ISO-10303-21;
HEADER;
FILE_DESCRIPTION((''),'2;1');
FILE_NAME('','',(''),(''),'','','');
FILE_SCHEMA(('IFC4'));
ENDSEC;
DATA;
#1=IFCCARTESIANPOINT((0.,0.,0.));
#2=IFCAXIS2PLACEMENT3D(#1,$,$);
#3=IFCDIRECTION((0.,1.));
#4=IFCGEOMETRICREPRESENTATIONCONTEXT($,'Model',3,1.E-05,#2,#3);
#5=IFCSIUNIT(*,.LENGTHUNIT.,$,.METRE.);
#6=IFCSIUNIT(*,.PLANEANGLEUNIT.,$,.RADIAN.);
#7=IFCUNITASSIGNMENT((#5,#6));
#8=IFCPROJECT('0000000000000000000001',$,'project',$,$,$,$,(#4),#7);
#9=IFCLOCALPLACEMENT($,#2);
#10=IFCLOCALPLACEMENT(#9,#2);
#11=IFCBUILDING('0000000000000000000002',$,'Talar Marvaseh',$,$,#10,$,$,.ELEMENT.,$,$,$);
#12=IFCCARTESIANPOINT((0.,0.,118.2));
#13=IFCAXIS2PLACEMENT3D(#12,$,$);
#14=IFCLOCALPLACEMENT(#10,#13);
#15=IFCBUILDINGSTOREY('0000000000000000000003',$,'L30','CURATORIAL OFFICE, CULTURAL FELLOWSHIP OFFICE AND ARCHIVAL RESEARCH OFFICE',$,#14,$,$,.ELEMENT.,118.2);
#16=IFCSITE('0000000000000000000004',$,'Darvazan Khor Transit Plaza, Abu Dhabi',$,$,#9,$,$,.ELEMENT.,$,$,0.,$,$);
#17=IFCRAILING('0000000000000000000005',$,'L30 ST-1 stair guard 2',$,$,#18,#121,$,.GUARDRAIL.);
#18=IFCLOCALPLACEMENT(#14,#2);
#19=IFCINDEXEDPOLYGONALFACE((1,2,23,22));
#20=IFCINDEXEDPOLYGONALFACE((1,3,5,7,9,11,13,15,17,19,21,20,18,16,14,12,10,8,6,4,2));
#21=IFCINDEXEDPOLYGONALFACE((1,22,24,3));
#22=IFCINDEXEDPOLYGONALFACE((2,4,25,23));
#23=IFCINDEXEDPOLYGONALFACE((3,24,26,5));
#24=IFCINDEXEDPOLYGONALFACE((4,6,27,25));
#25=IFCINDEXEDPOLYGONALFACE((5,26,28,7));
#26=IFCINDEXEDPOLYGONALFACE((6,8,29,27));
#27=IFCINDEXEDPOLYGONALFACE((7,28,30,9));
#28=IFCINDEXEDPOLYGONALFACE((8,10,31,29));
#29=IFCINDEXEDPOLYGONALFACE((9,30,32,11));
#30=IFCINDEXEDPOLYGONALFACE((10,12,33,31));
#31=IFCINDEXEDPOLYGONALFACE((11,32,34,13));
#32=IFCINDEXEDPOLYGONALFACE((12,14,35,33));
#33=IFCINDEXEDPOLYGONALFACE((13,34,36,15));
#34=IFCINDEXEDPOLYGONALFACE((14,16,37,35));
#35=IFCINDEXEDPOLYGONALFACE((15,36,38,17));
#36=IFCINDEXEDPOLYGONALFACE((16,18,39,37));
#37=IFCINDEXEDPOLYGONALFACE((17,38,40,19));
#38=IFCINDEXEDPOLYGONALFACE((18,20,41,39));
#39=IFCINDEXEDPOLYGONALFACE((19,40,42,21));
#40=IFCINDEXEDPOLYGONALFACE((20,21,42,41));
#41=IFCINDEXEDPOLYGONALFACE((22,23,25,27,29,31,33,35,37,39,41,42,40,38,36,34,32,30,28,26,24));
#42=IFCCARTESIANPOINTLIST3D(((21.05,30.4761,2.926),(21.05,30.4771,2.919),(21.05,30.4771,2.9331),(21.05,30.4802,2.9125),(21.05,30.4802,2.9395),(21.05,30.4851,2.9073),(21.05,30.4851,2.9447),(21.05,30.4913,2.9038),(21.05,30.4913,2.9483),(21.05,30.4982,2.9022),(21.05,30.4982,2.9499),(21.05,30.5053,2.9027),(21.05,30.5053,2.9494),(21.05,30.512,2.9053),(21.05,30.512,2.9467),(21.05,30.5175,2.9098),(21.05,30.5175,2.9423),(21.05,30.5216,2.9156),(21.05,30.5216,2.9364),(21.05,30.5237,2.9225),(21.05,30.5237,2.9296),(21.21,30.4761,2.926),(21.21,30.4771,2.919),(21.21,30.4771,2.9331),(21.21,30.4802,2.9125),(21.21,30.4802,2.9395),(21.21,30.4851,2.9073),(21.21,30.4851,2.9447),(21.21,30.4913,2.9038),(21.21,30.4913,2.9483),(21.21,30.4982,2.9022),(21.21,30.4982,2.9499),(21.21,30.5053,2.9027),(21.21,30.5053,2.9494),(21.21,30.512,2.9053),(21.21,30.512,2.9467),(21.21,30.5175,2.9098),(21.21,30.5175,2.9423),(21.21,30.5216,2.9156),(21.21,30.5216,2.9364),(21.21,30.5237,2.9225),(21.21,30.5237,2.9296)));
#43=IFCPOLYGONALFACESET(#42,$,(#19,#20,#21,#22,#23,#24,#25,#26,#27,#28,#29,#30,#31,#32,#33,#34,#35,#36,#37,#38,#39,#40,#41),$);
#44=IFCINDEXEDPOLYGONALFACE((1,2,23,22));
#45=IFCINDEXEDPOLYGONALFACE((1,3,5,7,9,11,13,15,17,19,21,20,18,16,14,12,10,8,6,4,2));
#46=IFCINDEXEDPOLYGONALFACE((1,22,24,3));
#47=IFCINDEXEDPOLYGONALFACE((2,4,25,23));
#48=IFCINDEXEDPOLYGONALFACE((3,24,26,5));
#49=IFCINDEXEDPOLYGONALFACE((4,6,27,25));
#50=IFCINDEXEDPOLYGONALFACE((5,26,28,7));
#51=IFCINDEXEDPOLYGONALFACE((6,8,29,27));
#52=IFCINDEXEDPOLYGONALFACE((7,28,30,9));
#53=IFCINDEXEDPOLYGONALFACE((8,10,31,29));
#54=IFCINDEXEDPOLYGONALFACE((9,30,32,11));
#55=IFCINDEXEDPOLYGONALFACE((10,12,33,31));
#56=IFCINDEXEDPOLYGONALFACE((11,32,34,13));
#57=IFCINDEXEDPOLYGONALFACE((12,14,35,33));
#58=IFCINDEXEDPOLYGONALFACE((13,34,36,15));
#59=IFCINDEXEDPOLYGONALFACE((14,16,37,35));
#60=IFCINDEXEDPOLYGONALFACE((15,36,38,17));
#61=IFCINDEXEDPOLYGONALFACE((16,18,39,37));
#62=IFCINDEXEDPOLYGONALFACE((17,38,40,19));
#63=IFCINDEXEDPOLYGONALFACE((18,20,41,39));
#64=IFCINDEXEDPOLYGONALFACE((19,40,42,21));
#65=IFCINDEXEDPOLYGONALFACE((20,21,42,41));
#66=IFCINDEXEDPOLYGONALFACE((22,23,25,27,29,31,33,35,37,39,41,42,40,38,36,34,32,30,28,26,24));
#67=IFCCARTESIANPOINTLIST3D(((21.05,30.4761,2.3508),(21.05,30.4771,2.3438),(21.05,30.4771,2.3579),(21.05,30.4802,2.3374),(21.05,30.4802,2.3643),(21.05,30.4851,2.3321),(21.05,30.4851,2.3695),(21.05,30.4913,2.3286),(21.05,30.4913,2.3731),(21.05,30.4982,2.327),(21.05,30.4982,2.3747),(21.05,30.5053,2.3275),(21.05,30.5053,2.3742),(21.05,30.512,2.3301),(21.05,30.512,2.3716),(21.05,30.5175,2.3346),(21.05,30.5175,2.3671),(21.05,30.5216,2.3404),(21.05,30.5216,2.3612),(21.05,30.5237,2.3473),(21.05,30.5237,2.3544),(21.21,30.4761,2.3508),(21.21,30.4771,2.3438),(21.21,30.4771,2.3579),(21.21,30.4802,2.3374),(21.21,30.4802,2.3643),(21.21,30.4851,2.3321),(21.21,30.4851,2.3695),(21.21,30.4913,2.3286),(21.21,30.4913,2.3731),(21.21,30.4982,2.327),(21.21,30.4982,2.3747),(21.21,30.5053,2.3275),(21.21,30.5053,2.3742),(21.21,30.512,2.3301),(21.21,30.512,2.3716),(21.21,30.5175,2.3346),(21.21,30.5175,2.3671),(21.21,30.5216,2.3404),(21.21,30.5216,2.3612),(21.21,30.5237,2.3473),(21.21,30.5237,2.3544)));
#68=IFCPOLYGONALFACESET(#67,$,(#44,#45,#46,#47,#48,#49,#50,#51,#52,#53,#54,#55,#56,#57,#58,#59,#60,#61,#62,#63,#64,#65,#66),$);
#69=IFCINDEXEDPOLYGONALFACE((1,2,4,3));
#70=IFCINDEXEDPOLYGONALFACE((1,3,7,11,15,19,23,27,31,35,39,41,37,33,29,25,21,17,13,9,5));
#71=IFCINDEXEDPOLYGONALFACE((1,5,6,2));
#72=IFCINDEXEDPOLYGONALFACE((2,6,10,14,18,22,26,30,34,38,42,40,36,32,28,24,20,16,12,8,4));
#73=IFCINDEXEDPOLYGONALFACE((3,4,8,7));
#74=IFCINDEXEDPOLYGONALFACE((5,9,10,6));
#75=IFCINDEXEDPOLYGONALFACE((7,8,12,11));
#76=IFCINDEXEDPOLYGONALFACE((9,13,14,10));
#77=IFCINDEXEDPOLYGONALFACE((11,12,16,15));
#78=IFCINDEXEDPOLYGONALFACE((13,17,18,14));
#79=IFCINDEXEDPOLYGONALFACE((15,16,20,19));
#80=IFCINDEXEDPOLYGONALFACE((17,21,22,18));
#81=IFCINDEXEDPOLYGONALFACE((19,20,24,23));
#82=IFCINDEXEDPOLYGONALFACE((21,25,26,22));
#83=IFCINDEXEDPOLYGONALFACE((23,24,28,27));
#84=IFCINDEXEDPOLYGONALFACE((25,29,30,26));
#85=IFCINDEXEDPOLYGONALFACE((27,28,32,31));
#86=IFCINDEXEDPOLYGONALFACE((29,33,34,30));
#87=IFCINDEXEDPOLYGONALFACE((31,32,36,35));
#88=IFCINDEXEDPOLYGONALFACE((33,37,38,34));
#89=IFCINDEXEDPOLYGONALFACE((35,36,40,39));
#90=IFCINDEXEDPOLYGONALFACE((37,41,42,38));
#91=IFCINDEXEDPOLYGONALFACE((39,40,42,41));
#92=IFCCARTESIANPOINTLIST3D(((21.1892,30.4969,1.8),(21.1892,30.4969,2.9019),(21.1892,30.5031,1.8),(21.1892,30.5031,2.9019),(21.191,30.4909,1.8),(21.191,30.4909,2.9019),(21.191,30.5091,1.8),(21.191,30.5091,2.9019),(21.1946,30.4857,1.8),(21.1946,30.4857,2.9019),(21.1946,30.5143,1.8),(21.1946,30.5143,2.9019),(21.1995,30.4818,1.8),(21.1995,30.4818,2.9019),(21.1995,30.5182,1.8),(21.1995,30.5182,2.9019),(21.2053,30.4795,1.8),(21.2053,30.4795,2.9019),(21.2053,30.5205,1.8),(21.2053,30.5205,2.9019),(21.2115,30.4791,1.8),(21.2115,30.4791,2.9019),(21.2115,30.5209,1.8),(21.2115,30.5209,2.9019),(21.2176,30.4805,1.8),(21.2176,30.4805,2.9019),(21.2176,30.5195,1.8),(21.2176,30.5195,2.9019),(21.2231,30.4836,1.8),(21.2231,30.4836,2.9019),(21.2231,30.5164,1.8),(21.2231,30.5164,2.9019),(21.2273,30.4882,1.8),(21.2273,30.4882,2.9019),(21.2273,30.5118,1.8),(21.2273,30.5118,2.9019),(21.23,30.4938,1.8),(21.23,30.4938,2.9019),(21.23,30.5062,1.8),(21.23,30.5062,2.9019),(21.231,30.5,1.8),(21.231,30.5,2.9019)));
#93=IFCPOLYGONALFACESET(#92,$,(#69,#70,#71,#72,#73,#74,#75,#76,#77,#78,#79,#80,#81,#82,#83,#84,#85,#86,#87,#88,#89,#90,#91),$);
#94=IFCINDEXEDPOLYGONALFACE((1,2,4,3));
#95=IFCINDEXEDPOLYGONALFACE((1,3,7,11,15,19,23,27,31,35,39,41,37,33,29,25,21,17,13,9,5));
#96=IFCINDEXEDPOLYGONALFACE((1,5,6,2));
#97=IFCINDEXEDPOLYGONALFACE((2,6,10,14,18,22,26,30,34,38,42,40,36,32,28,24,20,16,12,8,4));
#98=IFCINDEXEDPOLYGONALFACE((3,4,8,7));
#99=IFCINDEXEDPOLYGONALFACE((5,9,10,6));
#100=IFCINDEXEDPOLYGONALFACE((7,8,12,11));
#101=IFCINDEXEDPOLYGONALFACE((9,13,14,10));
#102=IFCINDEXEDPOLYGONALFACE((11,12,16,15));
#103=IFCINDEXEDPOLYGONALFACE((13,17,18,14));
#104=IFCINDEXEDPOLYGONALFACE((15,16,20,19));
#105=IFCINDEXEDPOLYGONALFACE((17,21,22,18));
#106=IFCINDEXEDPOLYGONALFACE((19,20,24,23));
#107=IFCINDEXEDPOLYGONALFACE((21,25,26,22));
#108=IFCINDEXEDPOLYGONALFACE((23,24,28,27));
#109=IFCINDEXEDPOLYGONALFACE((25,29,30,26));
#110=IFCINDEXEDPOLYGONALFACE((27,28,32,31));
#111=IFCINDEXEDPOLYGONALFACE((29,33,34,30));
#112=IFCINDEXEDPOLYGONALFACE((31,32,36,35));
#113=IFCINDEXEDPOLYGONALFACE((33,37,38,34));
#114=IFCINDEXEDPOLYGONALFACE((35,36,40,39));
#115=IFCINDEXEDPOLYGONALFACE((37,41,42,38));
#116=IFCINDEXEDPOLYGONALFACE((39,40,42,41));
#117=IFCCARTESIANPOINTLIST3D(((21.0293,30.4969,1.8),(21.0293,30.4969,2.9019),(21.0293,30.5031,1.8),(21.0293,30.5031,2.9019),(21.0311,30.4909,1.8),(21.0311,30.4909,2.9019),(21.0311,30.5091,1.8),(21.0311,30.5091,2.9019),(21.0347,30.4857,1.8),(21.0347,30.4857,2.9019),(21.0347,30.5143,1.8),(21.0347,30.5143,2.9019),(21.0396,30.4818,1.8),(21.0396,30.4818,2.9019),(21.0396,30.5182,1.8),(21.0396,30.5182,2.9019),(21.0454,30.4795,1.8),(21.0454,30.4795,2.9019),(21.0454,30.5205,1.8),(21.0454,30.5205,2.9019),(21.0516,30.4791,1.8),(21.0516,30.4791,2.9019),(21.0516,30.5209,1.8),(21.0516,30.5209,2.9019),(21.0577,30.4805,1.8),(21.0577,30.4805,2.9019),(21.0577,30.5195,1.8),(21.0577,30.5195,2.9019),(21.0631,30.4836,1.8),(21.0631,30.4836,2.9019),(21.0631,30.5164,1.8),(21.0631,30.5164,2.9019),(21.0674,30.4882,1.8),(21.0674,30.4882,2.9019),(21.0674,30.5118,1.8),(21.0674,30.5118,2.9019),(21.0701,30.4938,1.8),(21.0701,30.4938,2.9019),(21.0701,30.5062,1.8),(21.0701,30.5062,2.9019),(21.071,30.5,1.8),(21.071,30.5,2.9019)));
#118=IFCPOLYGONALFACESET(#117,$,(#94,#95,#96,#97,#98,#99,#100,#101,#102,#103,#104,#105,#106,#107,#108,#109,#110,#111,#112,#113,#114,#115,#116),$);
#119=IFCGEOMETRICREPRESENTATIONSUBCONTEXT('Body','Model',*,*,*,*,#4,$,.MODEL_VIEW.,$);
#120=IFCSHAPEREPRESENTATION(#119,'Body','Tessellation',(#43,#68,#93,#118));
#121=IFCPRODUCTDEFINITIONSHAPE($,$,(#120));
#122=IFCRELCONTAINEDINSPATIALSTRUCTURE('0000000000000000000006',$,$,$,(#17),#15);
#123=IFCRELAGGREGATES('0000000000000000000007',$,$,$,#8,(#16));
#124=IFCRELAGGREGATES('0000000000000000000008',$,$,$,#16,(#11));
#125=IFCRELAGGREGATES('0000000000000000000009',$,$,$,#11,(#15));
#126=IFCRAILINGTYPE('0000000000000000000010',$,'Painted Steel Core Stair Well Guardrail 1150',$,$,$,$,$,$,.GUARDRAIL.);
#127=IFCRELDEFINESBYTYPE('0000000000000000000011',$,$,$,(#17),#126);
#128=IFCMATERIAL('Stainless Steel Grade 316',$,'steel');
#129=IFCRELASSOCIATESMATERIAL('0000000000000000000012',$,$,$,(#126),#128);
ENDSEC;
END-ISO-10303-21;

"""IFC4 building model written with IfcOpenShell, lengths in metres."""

from ifc_helpers import new_model, si_unit, direction, frame, origin, origin_2d, place, context, subcontext, project, spatial, circle, extrude, material, type_object, element, save


model = new_model("IFC4")

# Units and contexts
model_context = context("Model", 3, precision=1e-05, world=origin(), true_north=direction((0.0, 1.0)))
body_context = subcontext(model_context, "Body", "Model", "MODEL_VIEW")
ifc_project = project(units=[si_unit("LENGTHUNIT", "METRE"), si_unit("PLANEANGLEUNIT", "RADIAN")], contexts=[model_context])

# Site, building, storey
site_placement = place(None, origin())
site = spatial("IfcSite", under=ifc_project, at=site_placement, Name="Darvazan Khor Transit Plaza, Abu Dhabi", CompositionType="ELEMENT", RefElevation=0.0)
building_placement = place(site_placement, origin())
building = spatial("IfcBuilding", under=site, at=building_placement, Name="Talar Marvaseh", CompositionType="ELEMENT")
storey_placement = place(building_placement, frame((0.0, 0.0, 118.2)))
storey = spatial("IfcBuildingStorey", under=building, at=storey_placement, Name="L30", Description="CURATORIAL OFFICE, CULTURAL FELLOWSHIP OFFICE AND ARCHIVAL RESEARCH OFFICE", CompositionType="ELEMENT", Elevation=118.2)

# Railing
ifc_material_1 = material(Name="Stainless Steel Grade 316", Category="steel")
railing_type_1 = type_object("IfcRailingType", Name="Painted Steel Core Stair Well Guardrail 1150", PredefinedType="GUARDRAIL", material=ifc_material_1)
railing_1_placement = place(storey_placement, frame((21.21, 30.5, 1.8)))
element("IfcRailing", 1, at=railing_1_placement, inside=storey, type_object=railing_type_1, Name="L30 ST-1 stair guard 2", PredefinedType="GUARDRAIL", context=body_context, shape_type="SweptSolid", body=[
    extrude(circle(Radius=0.0239, at=origin_2d()), frame((0.0, 0.0, 1.126), z_axis=(-1.0, 0.0, 0.0), x_axis=(0.0, -1.0, 0.0)), (0.0, 0.0, 1.0), 0.1599),
    extrude(circle(Radius=0.0239, at=origin_2d()), frame((0.0, 0.0, 0.5508), z_axis=(-1.0, 0.0, 0.0), x_axis=(0.0, -1.0, 0.0)), (0.0, 0.0, 1.0), 0.1599),
    extrude(circle(Radius=0.021, at=origin_2d()), origin(), (0.0, 0.0, 1.0), 1.1018),
    extrude(circle(Radius=0.021, at=origin_2d()), frame((-0.1599, 0.0, 0.0)), (0.0, 0.0, 1.0), 1.1018),
])

save(model, "model.ifc")
